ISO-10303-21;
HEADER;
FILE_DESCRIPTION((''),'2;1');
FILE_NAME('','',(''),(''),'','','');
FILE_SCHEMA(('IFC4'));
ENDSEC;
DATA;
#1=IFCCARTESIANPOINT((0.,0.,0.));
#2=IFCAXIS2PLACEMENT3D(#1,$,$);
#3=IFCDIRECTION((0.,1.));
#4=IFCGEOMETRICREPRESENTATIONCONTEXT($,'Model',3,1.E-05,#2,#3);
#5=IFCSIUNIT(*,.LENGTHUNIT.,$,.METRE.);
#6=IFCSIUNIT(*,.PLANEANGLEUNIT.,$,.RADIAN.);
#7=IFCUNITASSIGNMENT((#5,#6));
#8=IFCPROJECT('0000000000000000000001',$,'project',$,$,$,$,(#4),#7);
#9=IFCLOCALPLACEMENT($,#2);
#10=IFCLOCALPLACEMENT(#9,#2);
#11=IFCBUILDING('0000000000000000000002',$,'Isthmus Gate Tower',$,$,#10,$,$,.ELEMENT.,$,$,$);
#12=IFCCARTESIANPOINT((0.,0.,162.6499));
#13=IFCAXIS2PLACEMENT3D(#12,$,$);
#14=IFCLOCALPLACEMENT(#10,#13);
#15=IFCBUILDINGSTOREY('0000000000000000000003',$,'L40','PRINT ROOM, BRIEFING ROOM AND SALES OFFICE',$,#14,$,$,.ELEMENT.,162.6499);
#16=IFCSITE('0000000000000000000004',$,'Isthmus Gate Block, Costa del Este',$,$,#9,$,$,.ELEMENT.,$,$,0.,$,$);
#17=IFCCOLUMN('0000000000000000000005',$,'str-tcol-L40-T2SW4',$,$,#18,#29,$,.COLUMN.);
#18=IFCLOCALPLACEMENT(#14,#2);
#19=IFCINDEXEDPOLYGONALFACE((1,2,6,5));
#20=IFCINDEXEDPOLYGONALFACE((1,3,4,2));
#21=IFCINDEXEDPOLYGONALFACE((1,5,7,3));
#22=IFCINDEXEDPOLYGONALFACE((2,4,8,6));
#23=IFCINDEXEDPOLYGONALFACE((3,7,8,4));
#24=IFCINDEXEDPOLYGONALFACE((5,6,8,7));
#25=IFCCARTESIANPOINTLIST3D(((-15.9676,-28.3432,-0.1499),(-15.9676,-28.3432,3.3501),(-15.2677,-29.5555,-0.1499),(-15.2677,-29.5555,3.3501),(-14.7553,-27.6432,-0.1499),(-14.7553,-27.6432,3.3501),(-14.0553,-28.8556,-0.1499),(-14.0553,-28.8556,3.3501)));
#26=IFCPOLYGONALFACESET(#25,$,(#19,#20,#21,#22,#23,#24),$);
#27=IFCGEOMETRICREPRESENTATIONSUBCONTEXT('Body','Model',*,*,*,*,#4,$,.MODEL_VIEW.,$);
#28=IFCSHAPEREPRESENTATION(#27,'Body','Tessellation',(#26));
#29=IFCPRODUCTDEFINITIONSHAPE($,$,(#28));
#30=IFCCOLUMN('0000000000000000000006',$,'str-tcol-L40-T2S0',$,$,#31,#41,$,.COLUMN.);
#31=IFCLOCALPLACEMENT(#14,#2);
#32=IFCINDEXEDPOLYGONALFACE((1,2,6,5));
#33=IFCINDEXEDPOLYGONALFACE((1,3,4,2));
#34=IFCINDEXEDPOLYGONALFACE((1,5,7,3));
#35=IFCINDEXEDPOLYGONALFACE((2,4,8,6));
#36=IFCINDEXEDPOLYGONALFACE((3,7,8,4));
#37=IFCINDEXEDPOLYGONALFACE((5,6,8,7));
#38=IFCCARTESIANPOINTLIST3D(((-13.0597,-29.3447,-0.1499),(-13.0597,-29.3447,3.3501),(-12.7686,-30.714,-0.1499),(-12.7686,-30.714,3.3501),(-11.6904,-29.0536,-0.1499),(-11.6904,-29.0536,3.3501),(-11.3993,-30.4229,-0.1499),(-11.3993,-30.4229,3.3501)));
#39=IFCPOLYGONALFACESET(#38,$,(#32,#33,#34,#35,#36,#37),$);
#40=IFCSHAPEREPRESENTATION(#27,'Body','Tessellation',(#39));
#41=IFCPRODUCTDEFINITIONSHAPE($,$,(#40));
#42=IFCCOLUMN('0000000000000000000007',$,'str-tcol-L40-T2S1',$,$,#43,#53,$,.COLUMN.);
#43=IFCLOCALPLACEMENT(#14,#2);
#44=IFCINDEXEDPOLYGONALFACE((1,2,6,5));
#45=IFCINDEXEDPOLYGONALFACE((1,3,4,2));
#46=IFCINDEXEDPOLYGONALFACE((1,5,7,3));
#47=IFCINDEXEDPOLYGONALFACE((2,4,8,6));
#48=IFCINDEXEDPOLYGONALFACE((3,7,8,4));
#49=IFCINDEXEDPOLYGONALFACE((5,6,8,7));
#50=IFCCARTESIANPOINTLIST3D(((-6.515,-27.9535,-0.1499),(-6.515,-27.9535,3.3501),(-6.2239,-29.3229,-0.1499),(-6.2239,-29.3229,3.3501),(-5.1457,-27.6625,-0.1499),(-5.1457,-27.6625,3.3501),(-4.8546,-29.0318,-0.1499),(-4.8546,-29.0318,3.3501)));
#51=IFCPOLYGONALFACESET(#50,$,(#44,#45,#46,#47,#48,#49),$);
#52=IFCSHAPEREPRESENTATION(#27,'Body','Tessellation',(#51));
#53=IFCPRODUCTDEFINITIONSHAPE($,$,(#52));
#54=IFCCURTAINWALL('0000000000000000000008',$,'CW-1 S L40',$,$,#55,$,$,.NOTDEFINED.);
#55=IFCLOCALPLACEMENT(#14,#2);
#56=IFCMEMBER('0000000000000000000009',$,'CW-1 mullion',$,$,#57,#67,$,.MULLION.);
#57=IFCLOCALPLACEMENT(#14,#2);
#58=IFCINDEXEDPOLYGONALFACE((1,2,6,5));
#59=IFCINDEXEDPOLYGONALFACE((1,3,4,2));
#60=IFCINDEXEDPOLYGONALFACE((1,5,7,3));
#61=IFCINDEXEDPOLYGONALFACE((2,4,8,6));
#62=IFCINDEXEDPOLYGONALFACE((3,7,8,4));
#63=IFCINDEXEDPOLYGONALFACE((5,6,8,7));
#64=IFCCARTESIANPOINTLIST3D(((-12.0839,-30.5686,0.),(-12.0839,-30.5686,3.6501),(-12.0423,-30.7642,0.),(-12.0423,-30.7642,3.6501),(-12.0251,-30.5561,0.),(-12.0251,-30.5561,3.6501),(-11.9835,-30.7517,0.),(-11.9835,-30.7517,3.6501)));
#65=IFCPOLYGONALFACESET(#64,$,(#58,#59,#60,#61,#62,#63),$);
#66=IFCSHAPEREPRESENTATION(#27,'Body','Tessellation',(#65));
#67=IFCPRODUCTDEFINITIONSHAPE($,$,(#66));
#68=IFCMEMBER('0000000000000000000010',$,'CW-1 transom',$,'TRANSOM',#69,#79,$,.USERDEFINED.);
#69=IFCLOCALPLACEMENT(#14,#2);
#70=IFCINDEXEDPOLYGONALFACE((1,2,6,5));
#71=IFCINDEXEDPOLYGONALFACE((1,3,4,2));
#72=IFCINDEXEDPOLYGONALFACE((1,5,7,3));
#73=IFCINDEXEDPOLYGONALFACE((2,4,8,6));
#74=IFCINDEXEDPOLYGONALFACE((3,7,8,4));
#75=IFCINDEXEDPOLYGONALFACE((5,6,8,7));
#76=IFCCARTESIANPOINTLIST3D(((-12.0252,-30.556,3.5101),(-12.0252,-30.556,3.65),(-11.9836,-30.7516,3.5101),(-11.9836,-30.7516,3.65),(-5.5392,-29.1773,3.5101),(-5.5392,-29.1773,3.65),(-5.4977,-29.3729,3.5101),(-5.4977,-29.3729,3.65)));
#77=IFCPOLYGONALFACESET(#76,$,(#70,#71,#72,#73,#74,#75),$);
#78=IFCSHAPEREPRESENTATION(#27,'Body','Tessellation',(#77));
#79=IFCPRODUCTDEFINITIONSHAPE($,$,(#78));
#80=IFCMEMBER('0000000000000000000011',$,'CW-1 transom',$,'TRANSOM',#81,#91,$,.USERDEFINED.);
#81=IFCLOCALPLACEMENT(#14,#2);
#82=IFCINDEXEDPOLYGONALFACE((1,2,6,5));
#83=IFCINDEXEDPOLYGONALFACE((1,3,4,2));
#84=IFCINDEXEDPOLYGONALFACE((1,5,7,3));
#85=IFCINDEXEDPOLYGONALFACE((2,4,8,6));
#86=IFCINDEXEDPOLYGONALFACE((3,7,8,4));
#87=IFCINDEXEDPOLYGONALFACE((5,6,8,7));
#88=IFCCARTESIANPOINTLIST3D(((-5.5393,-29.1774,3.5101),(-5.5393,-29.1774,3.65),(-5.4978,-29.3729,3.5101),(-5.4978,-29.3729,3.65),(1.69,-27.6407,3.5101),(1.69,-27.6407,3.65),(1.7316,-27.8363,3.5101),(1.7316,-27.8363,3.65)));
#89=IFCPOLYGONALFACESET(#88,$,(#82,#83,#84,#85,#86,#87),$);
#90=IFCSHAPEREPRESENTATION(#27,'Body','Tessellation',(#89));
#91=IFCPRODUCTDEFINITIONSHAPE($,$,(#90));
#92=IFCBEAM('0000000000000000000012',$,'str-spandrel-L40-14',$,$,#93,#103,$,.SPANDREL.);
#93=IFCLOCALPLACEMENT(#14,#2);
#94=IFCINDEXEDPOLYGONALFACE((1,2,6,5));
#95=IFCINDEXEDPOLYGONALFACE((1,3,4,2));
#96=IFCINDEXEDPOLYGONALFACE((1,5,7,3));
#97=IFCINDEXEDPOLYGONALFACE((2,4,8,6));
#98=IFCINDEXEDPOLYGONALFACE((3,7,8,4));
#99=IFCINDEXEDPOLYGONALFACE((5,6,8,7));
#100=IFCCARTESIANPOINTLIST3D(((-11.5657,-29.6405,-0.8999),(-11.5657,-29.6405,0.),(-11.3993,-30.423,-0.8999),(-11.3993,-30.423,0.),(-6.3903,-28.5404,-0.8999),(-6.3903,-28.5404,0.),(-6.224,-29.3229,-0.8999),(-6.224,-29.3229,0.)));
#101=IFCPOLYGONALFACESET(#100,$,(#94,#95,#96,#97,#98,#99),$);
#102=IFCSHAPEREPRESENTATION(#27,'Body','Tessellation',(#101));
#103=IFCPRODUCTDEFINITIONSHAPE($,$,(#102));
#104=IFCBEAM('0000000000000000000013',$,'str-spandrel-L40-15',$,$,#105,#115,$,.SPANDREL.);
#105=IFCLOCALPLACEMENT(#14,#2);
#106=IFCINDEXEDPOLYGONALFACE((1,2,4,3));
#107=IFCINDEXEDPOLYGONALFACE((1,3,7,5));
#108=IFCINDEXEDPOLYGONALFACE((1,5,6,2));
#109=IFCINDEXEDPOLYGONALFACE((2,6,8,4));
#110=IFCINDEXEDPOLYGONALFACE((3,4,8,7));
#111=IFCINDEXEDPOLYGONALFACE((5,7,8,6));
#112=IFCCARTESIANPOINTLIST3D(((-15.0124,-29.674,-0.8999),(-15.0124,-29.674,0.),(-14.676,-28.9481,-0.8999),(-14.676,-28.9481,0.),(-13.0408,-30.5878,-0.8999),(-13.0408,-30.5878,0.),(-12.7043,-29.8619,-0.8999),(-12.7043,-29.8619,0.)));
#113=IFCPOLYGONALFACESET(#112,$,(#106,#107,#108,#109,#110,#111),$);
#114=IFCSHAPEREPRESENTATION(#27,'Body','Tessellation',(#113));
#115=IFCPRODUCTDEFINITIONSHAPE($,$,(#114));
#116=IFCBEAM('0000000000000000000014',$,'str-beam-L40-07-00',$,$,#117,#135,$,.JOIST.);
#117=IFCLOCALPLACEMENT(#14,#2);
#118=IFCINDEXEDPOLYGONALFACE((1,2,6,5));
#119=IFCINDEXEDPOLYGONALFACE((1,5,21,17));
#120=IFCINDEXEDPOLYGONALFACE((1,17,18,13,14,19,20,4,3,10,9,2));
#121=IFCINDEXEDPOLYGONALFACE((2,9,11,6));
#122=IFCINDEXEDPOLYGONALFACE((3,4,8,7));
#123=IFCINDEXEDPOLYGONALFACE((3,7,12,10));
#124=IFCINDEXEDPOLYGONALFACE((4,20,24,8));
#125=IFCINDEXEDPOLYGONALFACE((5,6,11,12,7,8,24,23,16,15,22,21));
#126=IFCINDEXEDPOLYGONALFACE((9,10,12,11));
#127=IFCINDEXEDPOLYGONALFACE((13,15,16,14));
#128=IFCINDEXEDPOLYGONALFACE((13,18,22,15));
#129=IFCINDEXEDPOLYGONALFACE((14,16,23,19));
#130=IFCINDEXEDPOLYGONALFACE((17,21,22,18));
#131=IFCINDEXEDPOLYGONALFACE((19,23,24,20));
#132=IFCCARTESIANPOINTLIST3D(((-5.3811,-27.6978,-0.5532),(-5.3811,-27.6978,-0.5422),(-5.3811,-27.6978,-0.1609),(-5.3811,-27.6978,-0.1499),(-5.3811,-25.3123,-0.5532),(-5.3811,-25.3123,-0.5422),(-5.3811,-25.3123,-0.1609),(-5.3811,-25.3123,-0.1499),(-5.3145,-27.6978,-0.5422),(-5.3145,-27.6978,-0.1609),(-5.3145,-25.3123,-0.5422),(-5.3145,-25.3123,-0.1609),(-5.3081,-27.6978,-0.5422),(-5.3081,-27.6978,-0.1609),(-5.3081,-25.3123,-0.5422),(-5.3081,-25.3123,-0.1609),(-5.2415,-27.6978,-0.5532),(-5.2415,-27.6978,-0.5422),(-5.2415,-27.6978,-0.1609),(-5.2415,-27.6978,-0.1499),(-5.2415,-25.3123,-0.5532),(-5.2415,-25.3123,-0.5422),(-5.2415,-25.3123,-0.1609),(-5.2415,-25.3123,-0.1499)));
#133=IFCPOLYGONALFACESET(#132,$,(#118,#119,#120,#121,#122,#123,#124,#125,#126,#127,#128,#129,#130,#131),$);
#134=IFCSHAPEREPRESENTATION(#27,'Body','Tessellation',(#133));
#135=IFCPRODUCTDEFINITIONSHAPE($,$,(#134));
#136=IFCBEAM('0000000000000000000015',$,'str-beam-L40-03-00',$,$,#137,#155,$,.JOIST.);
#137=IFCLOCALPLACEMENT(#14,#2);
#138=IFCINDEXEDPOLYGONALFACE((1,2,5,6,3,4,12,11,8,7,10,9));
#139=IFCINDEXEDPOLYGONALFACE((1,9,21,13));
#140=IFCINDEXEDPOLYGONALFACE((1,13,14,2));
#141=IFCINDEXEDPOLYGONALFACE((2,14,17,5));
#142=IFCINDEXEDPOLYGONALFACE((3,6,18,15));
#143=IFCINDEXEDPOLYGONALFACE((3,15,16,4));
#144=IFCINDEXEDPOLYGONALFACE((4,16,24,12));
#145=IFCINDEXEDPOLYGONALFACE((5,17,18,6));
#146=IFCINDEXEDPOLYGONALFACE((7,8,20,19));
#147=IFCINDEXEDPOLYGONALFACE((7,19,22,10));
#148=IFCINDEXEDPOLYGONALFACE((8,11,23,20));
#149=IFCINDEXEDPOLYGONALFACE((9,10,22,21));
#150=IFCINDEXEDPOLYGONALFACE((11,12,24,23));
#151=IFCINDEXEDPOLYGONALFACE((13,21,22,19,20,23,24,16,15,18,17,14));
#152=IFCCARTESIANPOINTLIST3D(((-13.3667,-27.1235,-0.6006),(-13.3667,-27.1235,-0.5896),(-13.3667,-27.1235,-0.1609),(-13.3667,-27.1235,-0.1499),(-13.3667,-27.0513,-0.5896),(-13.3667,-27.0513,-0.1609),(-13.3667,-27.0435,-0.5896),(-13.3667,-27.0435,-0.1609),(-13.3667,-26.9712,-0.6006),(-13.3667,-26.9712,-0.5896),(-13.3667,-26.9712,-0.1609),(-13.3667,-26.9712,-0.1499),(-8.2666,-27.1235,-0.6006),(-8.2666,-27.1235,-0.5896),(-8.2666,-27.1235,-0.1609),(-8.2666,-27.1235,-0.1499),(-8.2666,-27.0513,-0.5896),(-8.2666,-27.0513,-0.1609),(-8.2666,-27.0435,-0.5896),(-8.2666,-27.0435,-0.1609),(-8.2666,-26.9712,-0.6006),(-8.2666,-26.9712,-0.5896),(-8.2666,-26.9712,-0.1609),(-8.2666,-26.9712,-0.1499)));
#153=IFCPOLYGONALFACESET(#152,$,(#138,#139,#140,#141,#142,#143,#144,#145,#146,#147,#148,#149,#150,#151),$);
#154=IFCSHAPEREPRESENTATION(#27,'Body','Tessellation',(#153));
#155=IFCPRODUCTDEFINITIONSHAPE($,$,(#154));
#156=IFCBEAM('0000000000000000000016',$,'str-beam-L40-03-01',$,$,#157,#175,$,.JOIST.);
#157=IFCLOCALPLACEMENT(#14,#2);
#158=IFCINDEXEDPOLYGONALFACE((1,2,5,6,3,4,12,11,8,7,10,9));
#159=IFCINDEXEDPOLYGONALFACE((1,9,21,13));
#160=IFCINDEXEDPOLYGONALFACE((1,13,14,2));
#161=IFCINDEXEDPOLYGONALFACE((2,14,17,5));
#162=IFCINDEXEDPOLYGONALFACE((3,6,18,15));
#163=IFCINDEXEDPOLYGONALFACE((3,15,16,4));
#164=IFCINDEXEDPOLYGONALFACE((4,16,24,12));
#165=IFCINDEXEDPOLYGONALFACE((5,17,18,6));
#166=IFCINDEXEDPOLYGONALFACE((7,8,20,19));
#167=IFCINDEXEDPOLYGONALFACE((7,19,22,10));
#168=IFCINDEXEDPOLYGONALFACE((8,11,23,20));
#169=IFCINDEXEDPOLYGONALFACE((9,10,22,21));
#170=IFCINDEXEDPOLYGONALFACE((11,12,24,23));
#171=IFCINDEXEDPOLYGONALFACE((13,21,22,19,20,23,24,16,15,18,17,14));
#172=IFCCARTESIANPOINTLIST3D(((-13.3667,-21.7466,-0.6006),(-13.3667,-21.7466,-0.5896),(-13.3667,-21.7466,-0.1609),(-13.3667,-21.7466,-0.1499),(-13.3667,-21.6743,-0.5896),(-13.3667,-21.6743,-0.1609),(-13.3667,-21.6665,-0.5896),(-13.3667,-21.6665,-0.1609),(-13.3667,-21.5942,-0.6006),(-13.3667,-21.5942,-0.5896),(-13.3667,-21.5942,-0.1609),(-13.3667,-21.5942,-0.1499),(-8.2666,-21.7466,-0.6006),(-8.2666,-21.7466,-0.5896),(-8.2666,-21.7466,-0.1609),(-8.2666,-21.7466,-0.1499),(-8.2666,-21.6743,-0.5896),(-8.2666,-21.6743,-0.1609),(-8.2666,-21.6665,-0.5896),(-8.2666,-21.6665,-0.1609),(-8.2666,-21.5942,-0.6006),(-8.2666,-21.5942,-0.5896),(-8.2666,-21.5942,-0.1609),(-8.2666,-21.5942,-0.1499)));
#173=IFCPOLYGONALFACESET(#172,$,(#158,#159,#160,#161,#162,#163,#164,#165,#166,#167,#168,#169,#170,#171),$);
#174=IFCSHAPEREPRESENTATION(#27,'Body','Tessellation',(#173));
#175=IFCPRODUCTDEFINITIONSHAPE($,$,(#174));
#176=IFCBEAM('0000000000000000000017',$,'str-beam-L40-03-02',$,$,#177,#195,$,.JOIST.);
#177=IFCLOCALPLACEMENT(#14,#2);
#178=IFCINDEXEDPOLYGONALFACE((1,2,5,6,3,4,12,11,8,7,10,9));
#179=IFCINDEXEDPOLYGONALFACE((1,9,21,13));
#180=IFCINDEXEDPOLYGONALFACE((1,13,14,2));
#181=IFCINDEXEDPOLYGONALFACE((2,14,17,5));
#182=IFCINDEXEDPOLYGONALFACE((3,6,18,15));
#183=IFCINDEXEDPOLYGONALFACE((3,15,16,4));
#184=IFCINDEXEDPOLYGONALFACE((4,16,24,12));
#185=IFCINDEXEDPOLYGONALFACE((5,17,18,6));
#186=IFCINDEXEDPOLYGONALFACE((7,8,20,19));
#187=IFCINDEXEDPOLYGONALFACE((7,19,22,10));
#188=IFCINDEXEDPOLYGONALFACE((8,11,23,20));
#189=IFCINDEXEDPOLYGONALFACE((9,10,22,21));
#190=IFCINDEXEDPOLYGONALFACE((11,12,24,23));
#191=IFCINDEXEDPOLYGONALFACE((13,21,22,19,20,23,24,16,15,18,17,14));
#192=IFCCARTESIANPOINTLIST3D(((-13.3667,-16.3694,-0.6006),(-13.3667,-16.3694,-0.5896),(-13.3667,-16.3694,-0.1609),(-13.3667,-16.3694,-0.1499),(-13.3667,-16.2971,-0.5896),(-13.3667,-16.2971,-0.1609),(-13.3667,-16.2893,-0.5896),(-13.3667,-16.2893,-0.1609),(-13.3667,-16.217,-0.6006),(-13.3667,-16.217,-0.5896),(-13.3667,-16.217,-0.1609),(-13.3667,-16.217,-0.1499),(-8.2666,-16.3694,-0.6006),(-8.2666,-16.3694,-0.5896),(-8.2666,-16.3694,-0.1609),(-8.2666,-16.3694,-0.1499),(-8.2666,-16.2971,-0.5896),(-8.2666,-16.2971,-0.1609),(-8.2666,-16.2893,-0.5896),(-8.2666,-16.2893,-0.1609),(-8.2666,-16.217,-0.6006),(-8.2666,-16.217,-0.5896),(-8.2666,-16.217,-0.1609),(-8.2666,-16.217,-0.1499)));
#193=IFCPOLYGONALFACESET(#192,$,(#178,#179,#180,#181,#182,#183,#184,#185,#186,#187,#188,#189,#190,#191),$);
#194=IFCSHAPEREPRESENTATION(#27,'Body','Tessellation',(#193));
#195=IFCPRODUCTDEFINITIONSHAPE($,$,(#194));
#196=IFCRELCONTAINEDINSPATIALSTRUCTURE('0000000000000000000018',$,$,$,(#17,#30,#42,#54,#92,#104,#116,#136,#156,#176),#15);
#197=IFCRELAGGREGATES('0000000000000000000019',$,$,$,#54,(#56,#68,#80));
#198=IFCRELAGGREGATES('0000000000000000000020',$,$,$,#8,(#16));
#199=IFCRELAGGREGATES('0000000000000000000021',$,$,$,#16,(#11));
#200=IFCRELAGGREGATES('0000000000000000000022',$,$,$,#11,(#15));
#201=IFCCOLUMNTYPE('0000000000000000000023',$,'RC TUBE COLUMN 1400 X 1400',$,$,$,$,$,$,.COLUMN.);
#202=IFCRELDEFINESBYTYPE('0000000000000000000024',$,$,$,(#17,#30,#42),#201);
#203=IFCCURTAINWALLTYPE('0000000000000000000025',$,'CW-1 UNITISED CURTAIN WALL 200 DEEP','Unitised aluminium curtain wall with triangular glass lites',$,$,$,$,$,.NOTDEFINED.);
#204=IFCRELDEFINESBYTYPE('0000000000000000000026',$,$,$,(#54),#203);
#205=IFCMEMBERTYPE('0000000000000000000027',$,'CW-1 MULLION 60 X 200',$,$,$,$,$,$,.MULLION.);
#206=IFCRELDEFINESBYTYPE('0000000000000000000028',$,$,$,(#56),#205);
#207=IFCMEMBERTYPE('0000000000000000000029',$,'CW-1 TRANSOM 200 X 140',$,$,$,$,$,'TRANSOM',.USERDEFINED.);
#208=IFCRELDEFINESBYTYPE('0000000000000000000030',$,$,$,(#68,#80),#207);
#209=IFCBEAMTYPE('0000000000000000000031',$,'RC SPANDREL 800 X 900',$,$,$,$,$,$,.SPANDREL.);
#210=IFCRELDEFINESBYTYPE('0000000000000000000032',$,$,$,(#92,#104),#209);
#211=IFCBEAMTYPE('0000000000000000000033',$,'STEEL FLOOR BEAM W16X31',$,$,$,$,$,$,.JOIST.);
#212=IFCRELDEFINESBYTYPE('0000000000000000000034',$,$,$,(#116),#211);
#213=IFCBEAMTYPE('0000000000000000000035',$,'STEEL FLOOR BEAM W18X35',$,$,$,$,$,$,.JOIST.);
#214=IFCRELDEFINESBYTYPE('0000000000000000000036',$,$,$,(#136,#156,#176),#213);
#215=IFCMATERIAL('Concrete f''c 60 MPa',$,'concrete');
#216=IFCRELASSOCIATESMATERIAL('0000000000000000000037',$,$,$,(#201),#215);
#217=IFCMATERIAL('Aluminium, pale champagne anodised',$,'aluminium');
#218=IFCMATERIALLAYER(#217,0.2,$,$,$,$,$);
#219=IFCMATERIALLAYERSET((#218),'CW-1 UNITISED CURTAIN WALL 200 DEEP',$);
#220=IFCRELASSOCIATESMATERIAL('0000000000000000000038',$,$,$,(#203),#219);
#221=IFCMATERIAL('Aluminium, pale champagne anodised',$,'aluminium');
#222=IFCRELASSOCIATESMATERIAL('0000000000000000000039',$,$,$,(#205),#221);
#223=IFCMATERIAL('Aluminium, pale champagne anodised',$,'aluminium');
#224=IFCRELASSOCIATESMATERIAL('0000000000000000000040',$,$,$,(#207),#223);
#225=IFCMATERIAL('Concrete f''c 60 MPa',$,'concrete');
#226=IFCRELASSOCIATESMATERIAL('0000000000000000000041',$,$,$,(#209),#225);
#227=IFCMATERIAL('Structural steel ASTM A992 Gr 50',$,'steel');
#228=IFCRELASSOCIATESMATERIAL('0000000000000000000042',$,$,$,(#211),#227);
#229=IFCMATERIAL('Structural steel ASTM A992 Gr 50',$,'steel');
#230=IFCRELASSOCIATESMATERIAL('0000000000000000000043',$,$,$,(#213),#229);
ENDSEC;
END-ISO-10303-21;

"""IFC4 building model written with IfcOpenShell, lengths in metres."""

from ifc_helpers import new_model, si_unit, direction, frame, origin, origin_2d, place, context, subcontext, project, spatial, rectangle, i_section, extrude, material, layer, layer_set, material_profile, profile_set, type_object, element, aggregate, save


model = new_model("IFC4")

# Units and contexts
model_context = context("Model", 3, precision=1e-05, world=origin(), true_north=direction((0.0, 1.0)))
body_context = subcontext(model_context, "Body", "Model", "MODEL_VIEW")
ifc_project = project(units=[si_unit("LENGTHUNIT", "METRE"), si_unit("PLANEANGLEUNIT", "RADIAN")], contexts=[model_context])

# Site, building, storey
site_placement = place(None, origin())
site = spatial("IfcSite", under=ifc_project, at=site_placement, Name="Isthmus Gate Block, Costa del Este", CompositionType="ELEMENT", RefElevation=0.0)
building_placement = place(site_placement, origin())
building = spatial("IfcBuilding", under=site, at=building_placement, Name="Isthmus Gate Tower", CompositionType="ELEMENT")
storey_placement = place(building_placement, frame((0.0, 0.0, 162.6499)))
storey = spatial("IfcBuildingStorey", under=building, at=storey_placement, Name="L40", Description="PRINT ROOM, BRIEFING ROOM AND SALES OFFICE", CompositionType="ELEMENT", Elevation=162.6499)

# Columns
ifc_material_1 = material(Name="Concrete f'c 60 MPa", Category="concrete")
ifc_material_profile_1 = material_profile(ifc_material_1, rectangle(XDim=1.3999, YDim=1.3999, at=origin_2d()), Name="RC 1400X1400")
ifc_profile_set_1 = profile_set([ifc_material_profile_1], Name="Concrete f'c 60 MPa")
column_type = type_object("IfcColumnType", Name="RC TUBE COLUMN 1400 X 1400", PredefinedType="COLUMN", material=ifc_profile_set_1)
for number, where, z_axis, x_axis, name in (
    (1, (-15.0115, -28.5994, -0.1499), (0.0, 0.0, 1.0), (0.5, -0.866025, 0.0), "str-tcol-L40-T2SW4"),
    (2, (-12.2295, -29.8838, -0.1499), (0.0, 0.0, 1.0), (0.978148, 0.207912, 0.0), "str-tcol-L40-T2S0"),
    (3, (-5.6848, -28.4927, -0.1499), (0.0, 0.0, 1.0), (0.978148, 0.207912, 0.0), "str-tcol-L40-T2S1"),
):
    element("IfcColumn", number, at=place(storey_placement, frame(where, z_axis=z_axis, x_axis=x_axis)), inside=storey, type_object=column_type, Name=name, PredefinedType="COLUMN", context=body_context, shape_type="SweptSolid", body=[
        extrude(rectangle(XDim=1.3999, YDim=1.3999, at=origin_2d()), origin(), (0.0, 0.0, 1.0), 3.5),
    ])

# Curtain wall, members
ifc_material_2 = material(Name="Aluminium, pale champagne anodised", Category="aluminium")
ifc_layer_1 = layer(ifc_material_2, 0.2)
ifc_layer_set_1 = layer_set([ifc_layer_1], Name="CW-1 UNITISED CURTAIN WALL 200 DEEP")
curtain_wall_type = type_object("IfcCurtainWallType", Name="CW-1 UNITISED CURTAIN WALL 200 DEEP", Description="Unitised aluminium curtain wall with triangular glass lites", PredefinedType="NOTDEFINED", material=ifc_layer_set_1)
curtain_wall_1_placement = place(storey_placement, origin())
curtain_wall_1 = element("IfcCurtainWall", 4, at=curtain_wall_1_placement, inside=storey, type_object=curtain_wall_type, Name="CW-1 S L40", PredefinedType="NOTDEFINED")
ifc_material_3 = material(Name="Aluminium, pale champagne anodised", Category="aluminium")
ifc_material_profile_2 = material_profile(ifc_material_3, rectangle(XDim=0.0601, YDim=0.2, at=origin_2d()), Name="60x200")
ifc_profile_set_2 = profile_set([ifc_material_profile_2], Name="Aluminium, pale champagne anodised")
member_type_1 = type_object("IfcMemberType", Name="CW-1 MULLION 60 X 200", PredefinedType="MULLION", material=ifc_profile_set_2)
member_1_placement = place(storey_placement, frame((-12.0337, -30.6602, 0.0), z_axis=(0.0, 0.0, 1.0), x_axis=(0.978148, 0.207912, 0.0)))
member_1 = element("IfcMember", 5, at=member_1_placement, type_object=member_type_1, Name="CW-1 mullion", PredefinedType="MULLION", context=body_context, shape_type="SweptSolid", body=[
    extrude(rectangle(XDim=0.0601, YDim=0.2, at=origin_2d()), origin(), (0.0, 0.0, 1.0), 3.6501),
])
ifc_material_4 = material(Name="Aluminium, pale champagne anodised", Category="aluminium")
ifc_material_profile_3 = material_profile(ifc_material_4, rectangle(XDim=0.2, YDim=0.1399, at=origin_2d()), Name="200x140")
ifc_profile_set_3 = profile_set([ifc_material_profile_3], Name="Aluminium, pale champagne anodised")
member_type_2 = type_object("IfcMemberType", Name="CW-1 TRANSOM 200 X 140", ElementType="TRANSOM", PredefinedType="USERDEFINED", material=ifc_profile_set_3)
member_2_placement = place(storey_placement, frame((-12.0044, -30.6538, 3.5801), z_axis=(0.978146, 0.20792, 0.0), x_axis=(-0.20792, 0.978146, 0.0)))
member_2 = element("IfcMember", 6, at=member_2_placement, type_object=member_type_2, Name="CW-1 transom", ObjectType="TRANSOM", PredefinedType="USERDEFINED", context=body_context, shape_type="SweptSolid", body=[
    extrude(rectangle(XDim=0.2, YDim=0.1399, at=origin_2d()), origin(), (0.0, 0.0, 1.0), 6.6309),
])
member_3_placement = place(storey_placement, frame((-5.5186, -29.2751, 3.5801), z_axis=(0.978148, 0.207911, 0.0), x_axis=(-0.207911, 0.978148, 0.0)))
member_3 = element("IfcMember", 7, at=member_3_placement, type_object=member_type_2, Name="CW-1 transom", ObjectType="TRANSOM", PredefinedType="USERDEFINED", context=body_context, shape_type="SweptSolid", body=[
    extrude(rectangle(XDim=0.2, YDim=0.1399, at=origin_2d()), origin(), (0.0, 0.0, 1.0), 7.3909),
])

# Beams
ifc_material_5 = material(Name="Concrete f'c 60 MPa", Category="concrete")
ifc_material_profile_4 = material_profile(ifc_material_5, rectangle(XDim=0.8, YDim=0.8999, at=origin_2d()), Name="RC 800X900")
ifc_profile_set_4 = profile_set([ifc_material_profile_4], Name="Concrete f'c 60 MPa")
beam_type_1 = type_object("IfcBeamType", Name="RC SPANDREL 800 X 900", PredefinedType="SPANDREL", material=ifc_profile_set_4)
beam_1_placement = place(storey_placement, frame((-6.3071, -28.9316, -0.45), z_axis=(-0.978145, -0.207922, 0.0), x_axis=(0.207922, -0.978145, 0.0)))
element("IfcBeam", 8, at=beam_1_placement, inside=storey, type_object=beam_type_1, Name="str-spandrel-L40-14", PredefinedType="SPANDREL", context=body_context, shape_type="SweptSolid", body=[
    extrude(rectangle(XDim=0.8, YDim=0.8999, at=origin_2d()), origin(), (0.0, 0.0, 1.0), 5.291),
])
beam_2_placement = place(storey_placement, frame((-12.8726, -30.2249, -0.45), z_axis=(-0.907291, 0.420504, 0.0), x_axis=(-0.420504, -0.907291, 0.0)))
element("IfcBeam", 9, at=beam_2_placement, inside=storey, type_object=beam_type_1, Name="str-spandrel-L40-15", PredefinedType="SPANDREL", context=body_context, shape_type="SweptSolid", body=[
    extrude(rectangle(XDim=0.8, YDim=0.8999, at=origin_2d()), origin(), (0.0, 0.0, 1.0), 2.1731),
])
ifc_material_6 = material(Name="Structural steel ASTM A992 Gr 50", Category="steel")
ifc_material_profile_5 = material_profile(ifc_material_6, i_section(OverallWidth=0.1396, OverallDepth=0.4033, WebThickness=0.0063, FlangeThickness=0.011, at=origin_2d()), Name="W16X31")
ifc_profile_set_5 = profile_set([ifc_material_profile_5], Name="Structural steel ASTM A992 Gr 50")
beam_type_2 = type_object("IfcBeamType", Name="STEEL FLOOR BEAM W16X31", PredefinedType="JOIST", material=ifc_profile_set_5)
beam_3_placement = place(storey_placement, frame((-5.3113, -27.6978, -0.3516), z_axis=(0.0, 1.0, 0.0), x_axis=(-1.0, 0.0, 0.0)))
element("IfcBeam", 10, at=beam_3_placement, inside=storey, type_object=beam_type_2, Name="str-beam-L40-07-00", PredefinedType="JOIST", context=body_context, shape_type="SweptSolid", body=[
    extrude(i_section(OverallWidth=0.1396, OverallDepth=0.4033, WebThickness=0.0063, FlangeThickness=0.011, at=origin_2d()), origin(), (0.0, 0.0, 1.0), 2.3855),
])
ifc_material_7 = material(Name="Structural steel ASTM A992 Gr 50", Category="steel")
ifc_material_profile_6 = material_profile(ifc_material_7, i_section(OverallWidth=0.1523, OverallDepth=0.4507, WebThickness=0.0078, FlangeThickness=0.011, at=origin_2d()), Name="W18X35")
ifc_profile_set_6 = profile_set([ifc_material_profile_6], Name="Structural steel ASTM A992 Gr 50")
beam_type_3 = type_object("IfcBeamType", Name="STEEL FLOOR BEAM W18X35", PredefinedType="JOIST", material=ifc_profile_set_6)
for number, where, z_axis, x_axis, name in (
    (11, (-13.3667, -27.0474, -0.3752), (1.0, 0.0, 0.0), (0.0, 1.0, 0.0), "str-beam-L40-03-00"),
    (12, (-13.3667, -21.6704, -0.3752), (1.0, 0.0, 0.0), (0.0, 1.0, 0.0), "str-beam-L40-03-01"),
    (13, (-13.3667, -16.2932, -0.3752), (1.0, 0.0, 0.0), (0.0, 1.0, 0.0), "str-beam-L40-03-02"),
):
    element("IfcBeam", number, at=place(storey_placement, frame(where, z_axis=z_axis, x_axis=x_axis)), inside=storey, type_object=beam_type_3, Name=name, PredefinedType="JOIST", context=body_context, shape_type="SweptSolid", body=[
        extrude(i_section(OverallWidth=0.1523, OverallDepth=0.4507, WebThickness=0.0078, FlangeThickness=0.011, at=origin_2d()), origin(), (0.0, 0.0, 1.0), 5.1001),
    ])

aggregate(curtain_wall_1, [member_1, member_2, member_3])

save(model, "model.ifc")
